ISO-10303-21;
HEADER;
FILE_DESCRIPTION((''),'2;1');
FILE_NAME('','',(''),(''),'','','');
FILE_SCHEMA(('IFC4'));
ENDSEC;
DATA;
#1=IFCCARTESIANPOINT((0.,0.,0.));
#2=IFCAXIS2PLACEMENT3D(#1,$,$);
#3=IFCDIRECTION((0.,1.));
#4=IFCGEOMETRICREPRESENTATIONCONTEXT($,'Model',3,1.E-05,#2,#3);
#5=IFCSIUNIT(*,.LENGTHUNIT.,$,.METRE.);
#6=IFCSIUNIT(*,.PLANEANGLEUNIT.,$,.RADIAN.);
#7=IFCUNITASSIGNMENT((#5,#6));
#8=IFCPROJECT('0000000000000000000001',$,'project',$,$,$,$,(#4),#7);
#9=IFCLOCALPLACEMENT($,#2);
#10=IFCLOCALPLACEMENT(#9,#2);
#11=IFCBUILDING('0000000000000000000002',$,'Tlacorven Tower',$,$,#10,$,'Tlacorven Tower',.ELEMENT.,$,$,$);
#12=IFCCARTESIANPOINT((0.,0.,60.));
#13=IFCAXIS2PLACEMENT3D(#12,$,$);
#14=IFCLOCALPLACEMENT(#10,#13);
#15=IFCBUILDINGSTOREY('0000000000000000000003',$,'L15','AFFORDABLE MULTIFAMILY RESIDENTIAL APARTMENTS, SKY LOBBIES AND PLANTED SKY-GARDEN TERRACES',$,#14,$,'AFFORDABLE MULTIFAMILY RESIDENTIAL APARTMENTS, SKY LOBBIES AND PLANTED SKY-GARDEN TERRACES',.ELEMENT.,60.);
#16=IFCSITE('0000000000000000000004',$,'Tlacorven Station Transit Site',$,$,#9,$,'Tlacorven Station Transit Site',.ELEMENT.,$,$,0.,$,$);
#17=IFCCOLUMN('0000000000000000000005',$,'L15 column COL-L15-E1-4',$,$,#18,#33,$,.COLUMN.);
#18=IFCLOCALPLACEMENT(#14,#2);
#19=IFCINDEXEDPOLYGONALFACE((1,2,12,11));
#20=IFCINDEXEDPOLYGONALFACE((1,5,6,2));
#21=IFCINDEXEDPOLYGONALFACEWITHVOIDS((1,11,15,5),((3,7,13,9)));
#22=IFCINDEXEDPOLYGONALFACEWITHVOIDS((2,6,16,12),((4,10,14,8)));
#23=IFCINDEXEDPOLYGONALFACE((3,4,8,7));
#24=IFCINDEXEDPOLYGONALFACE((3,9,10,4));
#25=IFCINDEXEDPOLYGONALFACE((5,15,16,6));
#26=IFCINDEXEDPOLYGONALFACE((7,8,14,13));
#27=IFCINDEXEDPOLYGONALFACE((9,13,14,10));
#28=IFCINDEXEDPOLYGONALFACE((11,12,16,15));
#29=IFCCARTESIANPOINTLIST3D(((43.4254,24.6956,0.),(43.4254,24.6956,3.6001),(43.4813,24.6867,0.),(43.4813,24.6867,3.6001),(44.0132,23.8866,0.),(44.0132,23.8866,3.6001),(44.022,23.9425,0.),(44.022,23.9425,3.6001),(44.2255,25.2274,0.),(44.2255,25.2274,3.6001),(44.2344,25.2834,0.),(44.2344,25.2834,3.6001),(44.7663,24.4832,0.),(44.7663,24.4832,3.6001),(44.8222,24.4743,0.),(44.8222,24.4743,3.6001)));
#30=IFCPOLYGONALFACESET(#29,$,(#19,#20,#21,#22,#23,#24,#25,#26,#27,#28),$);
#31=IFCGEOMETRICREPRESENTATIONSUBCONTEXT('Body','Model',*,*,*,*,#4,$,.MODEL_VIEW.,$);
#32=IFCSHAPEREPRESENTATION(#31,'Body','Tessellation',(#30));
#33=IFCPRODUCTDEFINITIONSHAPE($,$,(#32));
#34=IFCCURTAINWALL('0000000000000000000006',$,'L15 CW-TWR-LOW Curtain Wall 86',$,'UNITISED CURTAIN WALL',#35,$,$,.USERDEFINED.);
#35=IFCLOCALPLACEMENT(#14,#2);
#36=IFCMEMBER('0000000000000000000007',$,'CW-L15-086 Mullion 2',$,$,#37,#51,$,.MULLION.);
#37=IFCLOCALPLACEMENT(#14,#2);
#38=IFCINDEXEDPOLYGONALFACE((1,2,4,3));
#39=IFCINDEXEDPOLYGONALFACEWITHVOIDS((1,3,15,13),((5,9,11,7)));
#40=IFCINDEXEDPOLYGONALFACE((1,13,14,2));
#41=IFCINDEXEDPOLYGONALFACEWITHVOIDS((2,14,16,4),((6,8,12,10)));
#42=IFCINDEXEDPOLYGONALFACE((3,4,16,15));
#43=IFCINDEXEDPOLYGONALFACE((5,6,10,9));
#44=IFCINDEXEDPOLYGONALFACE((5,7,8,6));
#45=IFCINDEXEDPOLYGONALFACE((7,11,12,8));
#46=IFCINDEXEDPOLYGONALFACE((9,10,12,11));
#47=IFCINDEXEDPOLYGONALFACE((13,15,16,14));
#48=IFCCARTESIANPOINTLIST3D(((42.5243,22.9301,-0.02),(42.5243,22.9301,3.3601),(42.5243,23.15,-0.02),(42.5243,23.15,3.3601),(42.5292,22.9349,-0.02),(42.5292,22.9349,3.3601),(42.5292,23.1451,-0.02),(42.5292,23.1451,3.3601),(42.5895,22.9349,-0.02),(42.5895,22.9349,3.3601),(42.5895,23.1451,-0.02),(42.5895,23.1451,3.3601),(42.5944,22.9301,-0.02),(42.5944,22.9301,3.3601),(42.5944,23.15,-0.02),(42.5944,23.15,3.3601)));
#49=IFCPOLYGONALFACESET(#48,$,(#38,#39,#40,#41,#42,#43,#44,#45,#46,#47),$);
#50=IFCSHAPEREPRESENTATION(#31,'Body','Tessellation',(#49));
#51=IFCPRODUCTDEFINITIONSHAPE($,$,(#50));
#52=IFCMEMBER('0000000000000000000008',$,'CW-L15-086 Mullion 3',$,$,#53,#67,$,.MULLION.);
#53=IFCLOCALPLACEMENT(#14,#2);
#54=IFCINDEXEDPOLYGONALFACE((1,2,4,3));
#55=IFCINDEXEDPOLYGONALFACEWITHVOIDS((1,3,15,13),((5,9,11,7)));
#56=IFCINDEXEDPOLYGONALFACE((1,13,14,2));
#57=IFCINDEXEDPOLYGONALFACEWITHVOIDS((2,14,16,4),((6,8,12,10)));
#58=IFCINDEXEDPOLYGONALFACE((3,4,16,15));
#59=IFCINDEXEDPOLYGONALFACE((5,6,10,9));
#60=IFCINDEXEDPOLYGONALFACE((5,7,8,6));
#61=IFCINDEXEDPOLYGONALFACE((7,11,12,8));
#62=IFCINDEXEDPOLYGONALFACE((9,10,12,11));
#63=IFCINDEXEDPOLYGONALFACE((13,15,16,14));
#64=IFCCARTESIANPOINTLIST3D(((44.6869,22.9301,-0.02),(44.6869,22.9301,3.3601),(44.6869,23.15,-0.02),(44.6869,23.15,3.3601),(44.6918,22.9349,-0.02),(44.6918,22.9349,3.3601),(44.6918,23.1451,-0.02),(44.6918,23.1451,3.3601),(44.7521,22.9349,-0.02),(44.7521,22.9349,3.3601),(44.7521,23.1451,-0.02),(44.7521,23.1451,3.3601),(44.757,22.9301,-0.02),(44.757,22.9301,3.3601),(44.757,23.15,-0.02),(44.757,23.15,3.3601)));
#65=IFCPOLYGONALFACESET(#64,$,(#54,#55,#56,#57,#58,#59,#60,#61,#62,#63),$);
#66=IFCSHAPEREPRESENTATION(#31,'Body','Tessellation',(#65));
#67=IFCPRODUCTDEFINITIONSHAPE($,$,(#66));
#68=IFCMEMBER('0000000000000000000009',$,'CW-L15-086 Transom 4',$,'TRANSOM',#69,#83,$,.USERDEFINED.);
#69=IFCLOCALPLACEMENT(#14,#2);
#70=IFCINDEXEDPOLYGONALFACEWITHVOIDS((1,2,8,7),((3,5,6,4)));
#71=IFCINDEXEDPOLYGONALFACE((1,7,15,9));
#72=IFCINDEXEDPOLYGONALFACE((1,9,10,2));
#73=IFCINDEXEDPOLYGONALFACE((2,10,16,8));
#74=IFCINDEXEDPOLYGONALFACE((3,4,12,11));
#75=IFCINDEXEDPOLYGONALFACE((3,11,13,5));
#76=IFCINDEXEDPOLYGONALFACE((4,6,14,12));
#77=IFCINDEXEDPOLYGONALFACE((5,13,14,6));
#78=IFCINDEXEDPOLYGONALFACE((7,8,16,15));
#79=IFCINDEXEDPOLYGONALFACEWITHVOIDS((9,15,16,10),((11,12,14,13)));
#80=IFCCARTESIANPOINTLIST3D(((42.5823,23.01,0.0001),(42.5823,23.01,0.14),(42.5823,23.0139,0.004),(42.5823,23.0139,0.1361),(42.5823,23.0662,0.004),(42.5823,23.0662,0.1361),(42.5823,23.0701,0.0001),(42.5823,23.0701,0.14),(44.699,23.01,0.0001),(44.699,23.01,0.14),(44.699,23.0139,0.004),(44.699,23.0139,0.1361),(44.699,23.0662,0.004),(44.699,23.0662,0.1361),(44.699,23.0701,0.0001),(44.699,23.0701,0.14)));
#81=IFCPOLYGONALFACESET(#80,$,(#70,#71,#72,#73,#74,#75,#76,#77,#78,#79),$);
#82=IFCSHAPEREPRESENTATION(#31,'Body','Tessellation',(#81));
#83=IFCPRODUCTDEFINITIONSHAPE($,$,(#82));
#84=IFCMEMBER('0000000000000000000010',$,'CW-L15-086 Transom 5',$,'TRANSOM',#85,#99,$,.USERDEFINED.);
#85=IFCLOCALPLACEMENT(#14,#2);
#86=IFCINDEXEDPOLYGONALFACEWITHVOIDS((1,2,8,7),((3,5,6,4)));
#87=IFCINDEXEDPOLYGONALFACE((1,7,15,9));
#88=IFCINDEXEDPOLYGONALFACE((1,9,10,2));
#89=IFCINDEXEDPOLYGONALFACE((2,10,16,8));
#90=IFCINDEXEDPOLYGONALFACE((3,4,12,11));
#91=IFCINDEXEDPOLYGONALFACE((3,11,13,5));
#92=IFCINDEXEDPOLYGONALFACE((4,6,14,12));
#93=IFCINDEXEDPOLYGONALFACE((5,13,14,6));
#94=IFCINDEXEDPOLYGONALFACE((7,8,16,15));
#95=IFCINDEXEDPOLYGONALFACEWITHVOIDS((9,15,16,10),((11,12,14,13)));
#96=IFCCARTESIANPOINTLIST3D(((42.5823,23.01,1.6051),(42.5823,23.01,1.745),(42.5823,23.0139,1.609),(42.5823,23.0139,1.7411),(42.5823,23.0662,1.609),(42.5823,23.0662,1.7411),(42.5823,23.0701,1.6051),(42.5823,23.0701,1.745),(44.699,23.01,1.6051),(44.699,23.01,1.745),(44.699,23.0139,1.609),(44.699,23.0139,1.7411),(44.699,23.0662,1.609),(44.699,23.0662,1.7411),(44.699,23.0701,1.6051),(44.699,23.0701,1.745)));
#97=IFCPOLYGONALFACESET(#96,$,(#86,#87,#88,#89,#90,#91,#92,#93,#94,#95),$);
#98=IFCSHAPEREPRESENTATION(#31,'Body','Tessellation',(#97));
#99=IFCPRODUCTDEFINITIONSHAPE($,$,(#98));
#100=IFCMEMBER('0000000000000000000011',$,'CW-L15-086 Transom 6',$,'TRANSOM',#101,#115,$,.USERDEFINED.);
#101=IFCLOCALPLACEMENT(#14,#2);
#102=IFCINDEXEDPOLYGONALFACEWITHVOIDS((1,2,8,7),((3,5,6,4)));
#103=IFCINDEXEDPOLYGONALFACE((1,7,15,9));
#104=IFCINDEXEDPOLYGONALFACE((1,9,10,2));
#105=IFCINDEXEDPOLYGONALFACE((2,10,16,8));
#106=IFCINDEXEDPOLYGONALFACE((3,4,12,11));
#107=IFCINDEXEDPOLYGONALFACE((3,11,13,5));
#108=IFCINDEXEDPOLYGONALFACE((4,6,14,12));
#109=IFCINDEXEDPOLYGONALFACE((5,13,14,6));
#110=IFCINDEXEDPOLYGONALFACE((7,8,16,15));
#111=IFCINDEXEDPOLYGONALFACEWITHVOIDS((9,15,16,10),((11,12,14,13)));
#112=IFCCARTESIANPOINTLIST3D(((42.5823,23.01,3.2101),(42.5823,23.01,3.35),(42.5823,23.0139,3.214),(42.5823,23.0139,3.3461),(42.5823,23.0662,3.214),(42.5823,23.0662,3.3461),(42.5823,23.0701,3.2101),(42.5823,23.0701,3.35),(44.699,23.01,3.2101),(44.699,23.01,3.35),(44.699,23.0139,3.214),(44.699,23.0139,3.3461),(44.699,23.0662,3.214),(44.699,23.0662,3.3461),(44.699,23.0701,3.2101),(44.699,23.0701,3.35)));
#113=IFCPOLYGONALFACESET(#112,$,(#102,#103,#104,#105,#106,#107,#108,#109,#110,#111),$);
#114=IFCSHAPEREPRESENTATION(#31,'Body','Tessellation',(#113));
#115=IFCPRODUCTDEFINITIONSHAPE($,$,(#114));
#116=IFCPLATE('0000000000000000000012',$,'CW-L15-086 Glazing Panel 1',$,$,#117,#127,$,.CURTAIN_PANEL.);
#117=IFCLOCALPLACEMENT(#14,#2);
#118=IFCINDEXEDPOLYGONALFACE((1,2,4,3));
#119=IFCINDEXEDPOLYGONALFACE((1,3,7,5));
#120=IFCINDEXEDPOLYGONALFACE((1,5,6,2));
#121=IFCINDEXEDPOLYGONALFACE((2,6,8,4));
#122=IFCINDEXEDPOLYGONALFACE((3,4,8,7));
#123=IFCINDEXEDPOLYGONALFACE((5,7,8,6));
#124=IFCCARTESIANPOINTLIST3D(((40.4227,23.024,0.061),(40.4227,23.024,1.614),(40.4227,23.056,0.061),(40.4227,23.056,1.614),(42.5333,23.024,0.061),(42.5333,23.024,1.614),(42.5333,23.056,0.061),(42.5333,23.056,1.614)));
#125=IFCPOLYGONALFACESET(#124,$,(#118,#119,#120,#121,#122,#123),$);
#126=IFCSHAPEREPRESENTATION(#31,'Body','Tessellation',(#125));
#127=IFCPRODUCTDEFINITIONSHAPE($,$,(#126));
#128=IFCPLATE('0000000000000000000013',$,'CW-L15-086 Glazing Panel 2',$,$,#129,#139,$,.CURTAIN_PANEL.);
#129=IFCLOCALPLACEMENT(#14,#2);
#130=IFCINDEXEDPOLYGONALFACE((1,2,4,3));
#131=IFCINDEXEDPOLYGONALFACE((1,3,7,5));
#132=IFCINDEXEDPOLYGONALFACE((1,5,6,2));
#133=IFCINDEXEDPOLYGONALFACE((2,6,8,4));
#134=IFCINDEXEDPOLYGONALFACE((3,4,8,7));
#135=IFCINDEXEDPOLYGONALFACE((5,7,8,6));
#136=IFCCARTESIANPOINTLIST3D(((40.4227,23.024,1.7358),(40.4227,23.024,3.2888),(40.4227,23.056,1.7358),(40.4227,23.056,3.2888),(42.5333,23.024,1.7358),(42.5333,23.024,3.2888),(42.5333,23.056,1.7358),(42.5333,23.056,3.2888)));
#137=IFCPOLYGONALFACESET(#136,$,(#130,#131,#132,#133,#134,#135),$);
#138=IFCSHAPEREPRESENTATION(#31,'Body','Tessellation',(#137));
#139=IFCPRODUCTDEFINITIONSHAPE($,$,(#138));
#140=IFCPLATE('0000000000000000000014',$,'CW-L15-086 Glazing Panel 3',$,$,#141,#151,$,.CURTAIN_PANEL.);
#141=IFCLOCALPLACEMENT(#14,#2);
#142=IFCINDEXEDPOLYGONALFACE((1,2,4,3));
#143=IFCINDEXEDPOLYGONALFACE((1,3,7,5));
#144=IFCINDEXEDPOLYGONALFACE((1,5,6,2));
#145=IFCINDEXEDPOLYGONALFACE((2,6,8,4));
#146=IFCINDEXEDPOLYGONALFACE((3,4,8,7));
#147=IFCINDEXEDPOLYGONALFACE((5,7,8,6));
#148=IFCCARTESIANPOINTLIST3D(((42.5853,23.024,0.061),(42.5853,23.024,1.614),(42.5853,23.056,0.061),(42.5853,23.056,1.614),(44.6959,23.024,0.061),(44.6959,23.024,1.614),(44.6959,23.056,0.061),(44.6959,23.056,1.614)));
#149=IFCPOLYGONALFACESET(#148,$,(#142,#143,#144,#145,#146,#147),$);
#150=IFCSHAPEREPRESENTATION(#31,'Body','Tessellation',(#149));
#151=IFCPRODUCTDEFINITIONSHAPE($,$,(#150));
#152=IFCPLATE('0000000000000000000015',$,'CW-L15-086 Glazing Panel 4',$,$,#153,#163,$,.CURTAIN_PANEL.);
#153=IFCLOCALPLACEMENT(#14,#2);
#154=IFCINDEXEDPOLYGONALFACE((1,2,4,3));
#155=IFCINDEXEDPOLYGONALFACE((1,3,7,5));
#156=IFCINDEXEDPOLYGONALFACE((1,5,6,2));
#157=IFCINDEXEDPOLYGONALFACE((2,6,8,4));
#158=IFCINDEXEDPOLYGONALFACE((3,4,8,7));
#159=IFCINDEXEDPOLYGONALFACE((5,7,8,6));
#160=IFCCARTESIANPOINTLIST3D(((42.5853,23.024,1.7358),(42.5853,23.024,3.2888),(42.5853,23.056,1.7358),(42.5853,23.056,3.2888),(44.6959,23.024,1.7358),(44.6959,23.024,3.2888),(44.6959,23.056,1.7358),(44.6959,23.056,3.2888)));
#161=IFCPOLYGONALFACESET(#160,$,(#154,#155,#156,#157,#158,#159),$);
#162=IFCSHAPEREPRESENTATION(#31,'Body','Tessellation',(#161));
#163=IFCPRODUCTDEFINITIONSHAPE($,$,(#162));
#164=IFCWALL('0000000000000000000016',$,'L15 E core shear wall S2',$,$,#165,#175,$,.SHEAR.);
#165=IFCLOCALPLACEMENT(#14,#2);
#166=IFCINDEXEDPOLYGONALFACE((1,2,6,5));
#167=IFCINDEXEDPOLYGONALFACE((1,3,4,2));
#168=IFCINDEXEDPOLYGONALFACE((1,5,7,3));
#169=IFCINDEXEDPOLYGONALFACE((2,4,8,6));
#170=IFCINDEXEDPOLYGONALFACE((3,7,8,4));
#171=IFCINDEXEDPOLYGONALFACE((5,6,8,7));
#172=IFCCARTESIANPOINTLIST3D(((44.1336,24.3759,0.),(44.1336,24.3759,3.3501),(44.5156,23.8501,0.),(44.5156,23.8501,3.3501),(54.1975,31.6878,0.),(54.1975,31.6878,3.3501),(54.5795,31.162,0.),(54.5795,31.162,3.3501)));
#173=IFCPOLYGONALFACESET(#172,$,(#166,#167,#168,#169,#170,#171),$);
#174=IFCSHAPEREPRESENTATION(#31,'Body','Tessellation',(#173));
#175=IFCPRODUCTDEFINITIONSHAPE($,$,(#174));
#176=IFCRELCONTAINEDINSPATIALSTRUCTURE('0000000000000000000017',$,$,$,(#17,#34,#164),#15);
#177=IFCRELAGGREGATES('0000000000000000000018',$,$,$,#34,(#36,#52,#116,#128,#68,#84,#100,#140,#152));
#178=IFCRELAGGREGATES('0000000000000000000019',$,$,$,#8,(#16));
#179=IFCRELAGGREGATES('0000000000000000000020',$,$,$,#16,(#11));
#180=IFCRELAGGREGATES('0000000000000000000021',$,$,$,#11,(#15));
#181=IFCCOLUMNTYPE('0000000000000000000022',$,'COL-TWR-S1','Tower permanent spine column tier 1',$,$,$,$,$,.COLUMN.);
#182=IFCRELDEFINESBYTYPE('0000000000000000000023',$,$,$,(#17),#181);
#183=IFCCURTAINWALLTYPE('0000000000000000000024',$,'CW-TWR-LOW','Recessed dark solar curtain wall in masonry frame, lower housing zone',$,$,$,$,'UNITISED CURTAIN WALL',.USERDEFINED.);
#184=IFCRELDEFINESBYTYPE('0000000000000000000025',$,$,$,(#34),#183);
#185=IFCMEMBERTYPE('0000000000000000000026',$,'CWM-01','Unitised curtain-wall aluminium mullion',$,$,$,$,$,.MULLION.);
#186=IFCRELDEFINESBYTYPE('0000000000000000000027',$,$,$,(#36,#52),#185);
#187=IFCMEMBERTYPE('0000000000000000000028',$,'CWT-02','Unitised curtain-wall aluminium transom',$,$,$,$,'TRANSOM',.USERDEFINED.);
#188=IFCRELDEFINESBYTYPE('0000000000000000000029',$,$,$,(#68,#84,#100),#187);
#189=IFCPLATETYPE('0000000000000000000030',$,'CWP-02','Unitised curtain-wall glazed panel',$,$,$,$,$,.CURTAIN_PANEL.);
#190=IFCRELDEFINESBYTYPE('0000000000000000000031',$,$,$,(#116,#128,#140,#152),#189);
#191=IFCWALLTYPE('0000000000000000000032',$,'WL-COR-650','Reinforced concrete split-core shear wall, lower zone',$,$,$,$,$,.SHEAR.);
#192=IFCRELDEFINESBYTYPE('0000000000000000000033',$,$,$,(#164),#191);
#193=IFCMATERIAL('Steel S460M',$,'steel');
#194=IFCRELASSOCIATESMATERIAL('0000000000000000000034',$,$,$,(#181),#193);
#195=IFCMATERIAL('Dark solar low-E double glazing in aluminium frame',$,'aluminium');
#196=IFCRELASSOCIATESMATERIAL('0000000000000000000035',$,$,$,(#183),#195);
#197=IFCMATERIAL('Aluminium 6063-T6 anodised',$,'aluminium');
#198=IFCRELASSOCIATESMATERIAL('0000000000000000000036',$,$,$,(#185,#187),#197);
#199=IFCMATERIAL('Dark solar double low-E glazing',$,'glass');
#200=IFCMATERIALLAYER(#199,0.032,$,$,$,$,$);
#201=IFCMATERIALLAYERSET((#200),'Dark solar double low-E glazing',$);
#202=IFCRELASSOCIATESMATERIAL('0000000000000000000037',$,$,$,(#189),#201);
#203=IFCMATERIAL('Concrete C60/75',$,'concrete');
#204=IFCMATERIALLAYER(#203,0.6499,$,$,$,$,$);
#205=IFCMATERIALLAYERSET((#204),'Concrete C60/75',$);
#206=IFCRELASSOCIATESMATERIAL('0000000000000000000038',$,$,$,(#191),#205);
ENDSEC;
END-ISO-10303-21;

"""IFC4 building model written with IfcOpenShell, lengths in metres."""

from ifc_helpers import new_model, si_unit, direction, frame, frame_2d, origin, origin_2d, place, context, subcontext, project, spatial, rectangle, hollow_rectangle, extrude, source, transform, mapped, material, layer, layer_set, material_profile, profile_set, type_object, element, aggregate, save


model = new_model("IFC4")

# Units and contexts
model_context = context("Model", 3, precision=1e-05, world=origin(), true_north=direction((0.0, 1.0)))
body_context = subcontext(model_context, "Body", "Model", "MODEL_VIEW")
ifc_project = project(units=[si_unit("LENGTHUNIT", "METRE"), si_unit("PLANEANGLEUNIT", "RADIAN")], contexts=[model_context])

# Site, building, storey
site_placement = place(None, origin())
site = spatial("IfcSite", under=ifc_project, at=site_placement, Name="Tlacorven Station Transit Site", LongName="Tlacorven Station Transit Site", CompositionType="ELEMENT", RefElevation=0.0)
building_placement = place(site_placement, origin())
building = spatial("IfcBuilding", under=site, at=building_placement, Name="Tlacorven Tower", LongName="Tlacorven Tower", CompositionType="ELEMENT")
storey_placement = place(building_placement, frame((0.0, 0.0, 60.0)))
storey = spatial("IfcBuildingStorey", under=building, at=storey_placement, Name="L15", Description="AFFORDABLE MULTIFAMILY RESIDENTIAL APARTMENTS, SKY LOBBIES AND PLANTED SKY-GARDEN TERRACES", LongName="AFFORDABLE MULTIFAMILY RESIDENTIAL APARTMENTS, SKY LOBBIES AND PLANTED SKY-GARDEN TERRACES", CompositionType="ELEMENT", Elevation=60.0)

# Column
ifc_material_1 = material(Name="Steel S460M", Category="steel")
ifc_material_profile_1 = material_profile(ifc_material_1, hollow_rectangle(XDim=1.0, YDim=1.0, WallThickness=0.04, at=origin_2d()), Name="BOX 1000X1000X40")
ifc_profile_set_1 = profile_set([ifc_material_profile_1], Name="Steel S460M")
column_type = type_object("IfcColumnType", Name="COL-TWR-S1", Description="Tower permanent spine column tier 1", PredefinedType="COLUMN", material=ifc_profile_set_1)
shared_shape_1 = source(origin(), body_context, "Body", "SweptSolid", [
    extrude(hollow_rectangle(XDim=1.0, YDim=1.0, WallThickness=0.04, at=origin_2d()), origin(), (0.0, 0.0, 1.0), 3.6001),
])
column_placement = place(storey_placement, frame((44.1238, 24.585, 0.0), z_axis=(0.0, 0.0, 1.0), x_axis=(0.809017, 0.587785, 0.0)))
element("IfcColumn", 1, at=column_placement, inside=storey, type_object=column_type, Name="L15 column COL-L15-E1-4", PredefinedType="COLUMN", context=body_context, shape_type="MappedRepresentation", body=[
    mapped(shared_shape_1, transform((0.0, 0.0, 0.0), scale=1.0)),
])

# Curtain wall, members, plates
ifc_material_2 = material(Name="Dark solar low-E double glazing in aluminium frame", Category="aluminium")
curtain_wall_type = type_object("IfcCurtainWallType", Name="CW-TWR-LOW", Description="Recessed dark solar curtain wall in masonry frame, lower housing zone", ElementType="UNITISED CURTAIN WALL", PredefinedType="USERDEFINED", material=ifc_material_2)
curtain_wall_placement = place(storey_placement, origin())
curtain_wall = element("IfcCurtainWall", 2, at=curtain_wall_placement, inside=storey, type_object=curtain_wall_type, Name="L15 CW-TWR-LOW Curtain Wall 86", ObjectType="UNITISED CURTAIN WALL", PredefinedType="USERDEFINED")
ifc_material_3 = material(Name="Aluminium 6063-T6 anodised", Category="aluminium")
ifc_material_profile_2 = material_profile(ifc_material_3, hollow_rectangle(XDim=0.0701, YDim=0.22, WallThickness=0.0049, at=origin_2d()), Name="ALU MULLION 70X220")
ifc_profile_set_2 = profile_set([ifc_material_profile_2], Name="Aluminium 6063-T6 anodised")
member_type_1 = type_object("IfcMemberType", Name="CWM-01", Description="Unitised curtain-wall aluminium mullion", PredefinedType="MULLION", material=ifc_profile_set_2)
shared_shape_2 = source(origin(), body_context, "Body", "SweptSolid", [
    extrude(hollow_rectangle(XDim=0.0701, YDim=0.22, WallThickness=0.0049, at=origin_2d()), origin(), (0.0, 0.0, 1.0), 3.3801),
])
member_1_placement = place(storey_placement, frame((42.5593, 23.04, -0.02), z_axis=(0.0, 0.0, 1.0), x_axis=(1.0, 0.0, 0.0)))
member_1 = element("IfcMember", 3, at=member_1_placement, type_object=member_type_1, Name="CW-L15-086 Mullion 2", PredefinedType="MULLION", context=body_context, shape_type="MappedRepresentation", body=[
    mapped(shared_shape_2, transform((0.0, 0.0, 0.0), scale=1.0)),
])
member_2_placement = place(storey_placement, frame((44.7219, 23.04, -0.02), z_axis=(0.0, 0.0, 1.0), x_axis=(1.0, 0.0, 0.0)))
member_2 = element("IfcMember", 4, at=member_2_placement, type_object=member_type_1, Name="CW-L15-086 Mullion 3", PredefinedType="MULLION", context=body_context, shape_type="MappedRepresentation", body=[
    mapped(shared_shape_2, transform((0.0, 0.0, 0.0), scale=1.0)),
])
ifc_material_profile_3 = material_profile(ifc_material_3, hollow_rectangle(XDim=0.0601, YDim=0.1399, WallThickness=0.0039, at=origin_2d()), Name="ALU TRANSOM 60X140")
ifc_profile_set_3 = profile_set([ifc_material_profile_3], Name="Aluminium 6063-T6 anodised")
member_type_2 = type_object("IfcMemberType", Name="CWT-02", Description="Unitised curtain-wall aluminium transom", ElementType="TRANSOM", PredefinedType="USERDEFINED", material=ifc_profile_set_3)
shared_shape_3 = source(origin(), body_context, "Body", "SweptSolid", [
    extrude(hollow_rectangle(XDim=0.0601, YDim=0.1399, WallThickness=0.0039, at=origin_2d()), origin(), (0.0, 0.0, 1.0), 2.1167),
])
member_3_placement = place(storey_placement, frame((42.5823, 23.04, 0.0701), z_axis=(1.0, 0.0, 0.0), x_axis=(0.0, 1.0, 0.0)))
member_3 = element("IfcMember", 5, at=member_3_placement, type_object=member_type_2, Name="CW-L15-086 Transom 4", ObjectType="TRANSOM", PredefinedType="USERDEFINED", context=body_context, shape_type="MappedRepresentation", body=[
    mapped(shared_shape_3, transform((0.0, 0.0, 0.0), scale=1.0)),
])
member_4_placement = place(storey_placement, frame((42.5823, 23.04, 1.675), z_axis=(1.0, 0.0, 0.0), x_axis=(0.0, 1.0, 0.0)))
member_4 = element("IfcMember", 6, at=member_4_placement, type_object=member_type_2, Name="CW-L15-086 Transom 5", ObjectType="TRANSOM", PredefinedType="USERDEFINED", context=body_context, shape_type="MappedRepresentation", body=[
    mapped(shared_shape_3, transform((0.0, 0.0, 0.0), scale=1.0)),
])
member_5_placement = place(storey_placement, frame((42.5823, 23.04, 3.28), z_axis=(1.0, 0.0, 0.0), x_axis=(0.0, 1.0, 0.0)))
member_5 = element("IfcMember", 7, at=member_5_placement, type_object=member_type_2, Name="CW-L15-086 Transom 6", ObjectType="TRANSOM", PredefinedType="USERDEFINED", context=body_context, shape_type="MappedRepresentation", body=[
    mapped(shared_shape_3, transform((0.0, 0.0, 0.0), scale=1.0)),
])
ifc_material_4 = material(Name="Dark solar double low-E glazing", Category="glass")
ifc_layer_1 = layer(ifc_material_4, 0.032)
ifc_layer_set_1 = layer_set([ifc_layer_1], Name="Dark solar double low-E glazing")
plate_type = type_object("IfcPlateType", Name="CWP-02", Description="Unitised curtain-wall glazed panel", PredefinedType="CURTAIN_PANEL", material=ifc_layer_set_1)
shared_shape_4 = source(origin(), body_context, "Body", "SweptSolid", [
    extrude(rectangle(XDim=2.1106, YDim=0.032, at=origin_2d()), origin(), (0.0, 0.0, 1.0), 1.553),
])
plate_1_placement = place(storey_placement, frame((41.478, 23.04, 0.061), z_axis=(0.0, 0.0, 1.0), x_axis=(1.0, 0.0, 0.0)))
plate_1 = element("IfcPlate", 8, at=plate_1_placement, type_object=plate_type, Name="CW-L15-086 Glazing Panel 1", PredefinedType="CURTAIN_PANEL", context=body_context, shape_type="MappedRepresentation", body=[
    mapped(shared_shape_4, transform((0.0, 0.0, 0.0), scale=1.0)),
])
plate_2_placement = place(storey_placement, frame((41.478, 23.04, 1.7358), z_axis=(0.0, 0.0, 1.0), x_axis=(1.0, 0.0, 0.0)))
plate_2 = element("IfcPlate", 9, at=plate_2_placement, type_object=plate_type, Name="CW-L15-086 Glazing Panel 2", PredefinedType="CURTAIN_PANEL", context=body_context, shape_type="MappedRepresentation", body=[
    mapped(shared_shape_4, transform((0.0, 0.0, 0.0), scale=1.0)),
])
plate_3_placement = place(storey_placement, frame((43.6406, 23.04, 0.061), z_axis=(0.0, 0.0, 1.0), x_axis=(1.0, 0.0, 0.0)))
plate_3 = element("IfcPlate", 10, at=plate_3_placement, type_object=plate_type, Name="CW-L15-086 Glazing Panel 3", PredefinedType="CURTAIN_PANEL", context=body_context, shape_type="MappedRepresentation", body=[
    mapped(shared_shape_4, transform((0.0, 0.0, 0.0), scale=1.0)),
])
plate_4_placement = place(storey_placement, frame((43.6406, 23.04, 1.7358), z_axis=(0.0, 0.0, 1.0), x_axis=(1.0, 0.0, 0.0)))
plate_4 = element("IfcPlate", 11, at=plate_4_placement, type_object=plate_type, Name="CW-L15-086 Glazing Panel 4", PredefinedType="CURTAIN_PANEL", context=body_context, shape_type="MappedRepresentation", body=[
    mapped(shared_shape_4, transform((0.0, 0.0, 0.0), scale=1.0)),
])
aggregate(curtain_wall, [member_1, member_2, plate_1, plate_2, member_3, member_4, member_5, plate_3, plate_4])

# Wall
ifc_material_5 = material(Name="Concrete C60/75", Category="concrete")
ifc_layer_2 = layer(ifc_material_5, 0.6499)
ifc_layer_set_2 = layer_set([ifc_layer_2], Name="Concrete C60/75")
wall_type_1 = type_object("IfcWallType", Name="WL-COR-650", Description="Reinforced concrete split-core shear wall, lower zone", PredefinedType="SHEAR", material=ifc_layer_set_2)
wall_1_placement = place(storey_placement, frame((44.3247, 24.113, 0.0), z_axis=(0.0, 0.0, 1.0), x_axis=(0.809013, 0.587791, 0.0)))
element("IfcWall", 12, at=wall_1_placement, inside=storey, type_object=wall_type_1, Name="L15 E core shear wall S2", PredefinedType="SHEAR", context=body_context, shape_type="SweptSolid", body=[
    extrude(rectangle(XDim=12.4397, YDim=0.6499, at=frame_2d((6.2197, 0.0))), origin(), (0.0, 0.0, 1.0), 3.3501),
])

save(model, "model.ifc")
